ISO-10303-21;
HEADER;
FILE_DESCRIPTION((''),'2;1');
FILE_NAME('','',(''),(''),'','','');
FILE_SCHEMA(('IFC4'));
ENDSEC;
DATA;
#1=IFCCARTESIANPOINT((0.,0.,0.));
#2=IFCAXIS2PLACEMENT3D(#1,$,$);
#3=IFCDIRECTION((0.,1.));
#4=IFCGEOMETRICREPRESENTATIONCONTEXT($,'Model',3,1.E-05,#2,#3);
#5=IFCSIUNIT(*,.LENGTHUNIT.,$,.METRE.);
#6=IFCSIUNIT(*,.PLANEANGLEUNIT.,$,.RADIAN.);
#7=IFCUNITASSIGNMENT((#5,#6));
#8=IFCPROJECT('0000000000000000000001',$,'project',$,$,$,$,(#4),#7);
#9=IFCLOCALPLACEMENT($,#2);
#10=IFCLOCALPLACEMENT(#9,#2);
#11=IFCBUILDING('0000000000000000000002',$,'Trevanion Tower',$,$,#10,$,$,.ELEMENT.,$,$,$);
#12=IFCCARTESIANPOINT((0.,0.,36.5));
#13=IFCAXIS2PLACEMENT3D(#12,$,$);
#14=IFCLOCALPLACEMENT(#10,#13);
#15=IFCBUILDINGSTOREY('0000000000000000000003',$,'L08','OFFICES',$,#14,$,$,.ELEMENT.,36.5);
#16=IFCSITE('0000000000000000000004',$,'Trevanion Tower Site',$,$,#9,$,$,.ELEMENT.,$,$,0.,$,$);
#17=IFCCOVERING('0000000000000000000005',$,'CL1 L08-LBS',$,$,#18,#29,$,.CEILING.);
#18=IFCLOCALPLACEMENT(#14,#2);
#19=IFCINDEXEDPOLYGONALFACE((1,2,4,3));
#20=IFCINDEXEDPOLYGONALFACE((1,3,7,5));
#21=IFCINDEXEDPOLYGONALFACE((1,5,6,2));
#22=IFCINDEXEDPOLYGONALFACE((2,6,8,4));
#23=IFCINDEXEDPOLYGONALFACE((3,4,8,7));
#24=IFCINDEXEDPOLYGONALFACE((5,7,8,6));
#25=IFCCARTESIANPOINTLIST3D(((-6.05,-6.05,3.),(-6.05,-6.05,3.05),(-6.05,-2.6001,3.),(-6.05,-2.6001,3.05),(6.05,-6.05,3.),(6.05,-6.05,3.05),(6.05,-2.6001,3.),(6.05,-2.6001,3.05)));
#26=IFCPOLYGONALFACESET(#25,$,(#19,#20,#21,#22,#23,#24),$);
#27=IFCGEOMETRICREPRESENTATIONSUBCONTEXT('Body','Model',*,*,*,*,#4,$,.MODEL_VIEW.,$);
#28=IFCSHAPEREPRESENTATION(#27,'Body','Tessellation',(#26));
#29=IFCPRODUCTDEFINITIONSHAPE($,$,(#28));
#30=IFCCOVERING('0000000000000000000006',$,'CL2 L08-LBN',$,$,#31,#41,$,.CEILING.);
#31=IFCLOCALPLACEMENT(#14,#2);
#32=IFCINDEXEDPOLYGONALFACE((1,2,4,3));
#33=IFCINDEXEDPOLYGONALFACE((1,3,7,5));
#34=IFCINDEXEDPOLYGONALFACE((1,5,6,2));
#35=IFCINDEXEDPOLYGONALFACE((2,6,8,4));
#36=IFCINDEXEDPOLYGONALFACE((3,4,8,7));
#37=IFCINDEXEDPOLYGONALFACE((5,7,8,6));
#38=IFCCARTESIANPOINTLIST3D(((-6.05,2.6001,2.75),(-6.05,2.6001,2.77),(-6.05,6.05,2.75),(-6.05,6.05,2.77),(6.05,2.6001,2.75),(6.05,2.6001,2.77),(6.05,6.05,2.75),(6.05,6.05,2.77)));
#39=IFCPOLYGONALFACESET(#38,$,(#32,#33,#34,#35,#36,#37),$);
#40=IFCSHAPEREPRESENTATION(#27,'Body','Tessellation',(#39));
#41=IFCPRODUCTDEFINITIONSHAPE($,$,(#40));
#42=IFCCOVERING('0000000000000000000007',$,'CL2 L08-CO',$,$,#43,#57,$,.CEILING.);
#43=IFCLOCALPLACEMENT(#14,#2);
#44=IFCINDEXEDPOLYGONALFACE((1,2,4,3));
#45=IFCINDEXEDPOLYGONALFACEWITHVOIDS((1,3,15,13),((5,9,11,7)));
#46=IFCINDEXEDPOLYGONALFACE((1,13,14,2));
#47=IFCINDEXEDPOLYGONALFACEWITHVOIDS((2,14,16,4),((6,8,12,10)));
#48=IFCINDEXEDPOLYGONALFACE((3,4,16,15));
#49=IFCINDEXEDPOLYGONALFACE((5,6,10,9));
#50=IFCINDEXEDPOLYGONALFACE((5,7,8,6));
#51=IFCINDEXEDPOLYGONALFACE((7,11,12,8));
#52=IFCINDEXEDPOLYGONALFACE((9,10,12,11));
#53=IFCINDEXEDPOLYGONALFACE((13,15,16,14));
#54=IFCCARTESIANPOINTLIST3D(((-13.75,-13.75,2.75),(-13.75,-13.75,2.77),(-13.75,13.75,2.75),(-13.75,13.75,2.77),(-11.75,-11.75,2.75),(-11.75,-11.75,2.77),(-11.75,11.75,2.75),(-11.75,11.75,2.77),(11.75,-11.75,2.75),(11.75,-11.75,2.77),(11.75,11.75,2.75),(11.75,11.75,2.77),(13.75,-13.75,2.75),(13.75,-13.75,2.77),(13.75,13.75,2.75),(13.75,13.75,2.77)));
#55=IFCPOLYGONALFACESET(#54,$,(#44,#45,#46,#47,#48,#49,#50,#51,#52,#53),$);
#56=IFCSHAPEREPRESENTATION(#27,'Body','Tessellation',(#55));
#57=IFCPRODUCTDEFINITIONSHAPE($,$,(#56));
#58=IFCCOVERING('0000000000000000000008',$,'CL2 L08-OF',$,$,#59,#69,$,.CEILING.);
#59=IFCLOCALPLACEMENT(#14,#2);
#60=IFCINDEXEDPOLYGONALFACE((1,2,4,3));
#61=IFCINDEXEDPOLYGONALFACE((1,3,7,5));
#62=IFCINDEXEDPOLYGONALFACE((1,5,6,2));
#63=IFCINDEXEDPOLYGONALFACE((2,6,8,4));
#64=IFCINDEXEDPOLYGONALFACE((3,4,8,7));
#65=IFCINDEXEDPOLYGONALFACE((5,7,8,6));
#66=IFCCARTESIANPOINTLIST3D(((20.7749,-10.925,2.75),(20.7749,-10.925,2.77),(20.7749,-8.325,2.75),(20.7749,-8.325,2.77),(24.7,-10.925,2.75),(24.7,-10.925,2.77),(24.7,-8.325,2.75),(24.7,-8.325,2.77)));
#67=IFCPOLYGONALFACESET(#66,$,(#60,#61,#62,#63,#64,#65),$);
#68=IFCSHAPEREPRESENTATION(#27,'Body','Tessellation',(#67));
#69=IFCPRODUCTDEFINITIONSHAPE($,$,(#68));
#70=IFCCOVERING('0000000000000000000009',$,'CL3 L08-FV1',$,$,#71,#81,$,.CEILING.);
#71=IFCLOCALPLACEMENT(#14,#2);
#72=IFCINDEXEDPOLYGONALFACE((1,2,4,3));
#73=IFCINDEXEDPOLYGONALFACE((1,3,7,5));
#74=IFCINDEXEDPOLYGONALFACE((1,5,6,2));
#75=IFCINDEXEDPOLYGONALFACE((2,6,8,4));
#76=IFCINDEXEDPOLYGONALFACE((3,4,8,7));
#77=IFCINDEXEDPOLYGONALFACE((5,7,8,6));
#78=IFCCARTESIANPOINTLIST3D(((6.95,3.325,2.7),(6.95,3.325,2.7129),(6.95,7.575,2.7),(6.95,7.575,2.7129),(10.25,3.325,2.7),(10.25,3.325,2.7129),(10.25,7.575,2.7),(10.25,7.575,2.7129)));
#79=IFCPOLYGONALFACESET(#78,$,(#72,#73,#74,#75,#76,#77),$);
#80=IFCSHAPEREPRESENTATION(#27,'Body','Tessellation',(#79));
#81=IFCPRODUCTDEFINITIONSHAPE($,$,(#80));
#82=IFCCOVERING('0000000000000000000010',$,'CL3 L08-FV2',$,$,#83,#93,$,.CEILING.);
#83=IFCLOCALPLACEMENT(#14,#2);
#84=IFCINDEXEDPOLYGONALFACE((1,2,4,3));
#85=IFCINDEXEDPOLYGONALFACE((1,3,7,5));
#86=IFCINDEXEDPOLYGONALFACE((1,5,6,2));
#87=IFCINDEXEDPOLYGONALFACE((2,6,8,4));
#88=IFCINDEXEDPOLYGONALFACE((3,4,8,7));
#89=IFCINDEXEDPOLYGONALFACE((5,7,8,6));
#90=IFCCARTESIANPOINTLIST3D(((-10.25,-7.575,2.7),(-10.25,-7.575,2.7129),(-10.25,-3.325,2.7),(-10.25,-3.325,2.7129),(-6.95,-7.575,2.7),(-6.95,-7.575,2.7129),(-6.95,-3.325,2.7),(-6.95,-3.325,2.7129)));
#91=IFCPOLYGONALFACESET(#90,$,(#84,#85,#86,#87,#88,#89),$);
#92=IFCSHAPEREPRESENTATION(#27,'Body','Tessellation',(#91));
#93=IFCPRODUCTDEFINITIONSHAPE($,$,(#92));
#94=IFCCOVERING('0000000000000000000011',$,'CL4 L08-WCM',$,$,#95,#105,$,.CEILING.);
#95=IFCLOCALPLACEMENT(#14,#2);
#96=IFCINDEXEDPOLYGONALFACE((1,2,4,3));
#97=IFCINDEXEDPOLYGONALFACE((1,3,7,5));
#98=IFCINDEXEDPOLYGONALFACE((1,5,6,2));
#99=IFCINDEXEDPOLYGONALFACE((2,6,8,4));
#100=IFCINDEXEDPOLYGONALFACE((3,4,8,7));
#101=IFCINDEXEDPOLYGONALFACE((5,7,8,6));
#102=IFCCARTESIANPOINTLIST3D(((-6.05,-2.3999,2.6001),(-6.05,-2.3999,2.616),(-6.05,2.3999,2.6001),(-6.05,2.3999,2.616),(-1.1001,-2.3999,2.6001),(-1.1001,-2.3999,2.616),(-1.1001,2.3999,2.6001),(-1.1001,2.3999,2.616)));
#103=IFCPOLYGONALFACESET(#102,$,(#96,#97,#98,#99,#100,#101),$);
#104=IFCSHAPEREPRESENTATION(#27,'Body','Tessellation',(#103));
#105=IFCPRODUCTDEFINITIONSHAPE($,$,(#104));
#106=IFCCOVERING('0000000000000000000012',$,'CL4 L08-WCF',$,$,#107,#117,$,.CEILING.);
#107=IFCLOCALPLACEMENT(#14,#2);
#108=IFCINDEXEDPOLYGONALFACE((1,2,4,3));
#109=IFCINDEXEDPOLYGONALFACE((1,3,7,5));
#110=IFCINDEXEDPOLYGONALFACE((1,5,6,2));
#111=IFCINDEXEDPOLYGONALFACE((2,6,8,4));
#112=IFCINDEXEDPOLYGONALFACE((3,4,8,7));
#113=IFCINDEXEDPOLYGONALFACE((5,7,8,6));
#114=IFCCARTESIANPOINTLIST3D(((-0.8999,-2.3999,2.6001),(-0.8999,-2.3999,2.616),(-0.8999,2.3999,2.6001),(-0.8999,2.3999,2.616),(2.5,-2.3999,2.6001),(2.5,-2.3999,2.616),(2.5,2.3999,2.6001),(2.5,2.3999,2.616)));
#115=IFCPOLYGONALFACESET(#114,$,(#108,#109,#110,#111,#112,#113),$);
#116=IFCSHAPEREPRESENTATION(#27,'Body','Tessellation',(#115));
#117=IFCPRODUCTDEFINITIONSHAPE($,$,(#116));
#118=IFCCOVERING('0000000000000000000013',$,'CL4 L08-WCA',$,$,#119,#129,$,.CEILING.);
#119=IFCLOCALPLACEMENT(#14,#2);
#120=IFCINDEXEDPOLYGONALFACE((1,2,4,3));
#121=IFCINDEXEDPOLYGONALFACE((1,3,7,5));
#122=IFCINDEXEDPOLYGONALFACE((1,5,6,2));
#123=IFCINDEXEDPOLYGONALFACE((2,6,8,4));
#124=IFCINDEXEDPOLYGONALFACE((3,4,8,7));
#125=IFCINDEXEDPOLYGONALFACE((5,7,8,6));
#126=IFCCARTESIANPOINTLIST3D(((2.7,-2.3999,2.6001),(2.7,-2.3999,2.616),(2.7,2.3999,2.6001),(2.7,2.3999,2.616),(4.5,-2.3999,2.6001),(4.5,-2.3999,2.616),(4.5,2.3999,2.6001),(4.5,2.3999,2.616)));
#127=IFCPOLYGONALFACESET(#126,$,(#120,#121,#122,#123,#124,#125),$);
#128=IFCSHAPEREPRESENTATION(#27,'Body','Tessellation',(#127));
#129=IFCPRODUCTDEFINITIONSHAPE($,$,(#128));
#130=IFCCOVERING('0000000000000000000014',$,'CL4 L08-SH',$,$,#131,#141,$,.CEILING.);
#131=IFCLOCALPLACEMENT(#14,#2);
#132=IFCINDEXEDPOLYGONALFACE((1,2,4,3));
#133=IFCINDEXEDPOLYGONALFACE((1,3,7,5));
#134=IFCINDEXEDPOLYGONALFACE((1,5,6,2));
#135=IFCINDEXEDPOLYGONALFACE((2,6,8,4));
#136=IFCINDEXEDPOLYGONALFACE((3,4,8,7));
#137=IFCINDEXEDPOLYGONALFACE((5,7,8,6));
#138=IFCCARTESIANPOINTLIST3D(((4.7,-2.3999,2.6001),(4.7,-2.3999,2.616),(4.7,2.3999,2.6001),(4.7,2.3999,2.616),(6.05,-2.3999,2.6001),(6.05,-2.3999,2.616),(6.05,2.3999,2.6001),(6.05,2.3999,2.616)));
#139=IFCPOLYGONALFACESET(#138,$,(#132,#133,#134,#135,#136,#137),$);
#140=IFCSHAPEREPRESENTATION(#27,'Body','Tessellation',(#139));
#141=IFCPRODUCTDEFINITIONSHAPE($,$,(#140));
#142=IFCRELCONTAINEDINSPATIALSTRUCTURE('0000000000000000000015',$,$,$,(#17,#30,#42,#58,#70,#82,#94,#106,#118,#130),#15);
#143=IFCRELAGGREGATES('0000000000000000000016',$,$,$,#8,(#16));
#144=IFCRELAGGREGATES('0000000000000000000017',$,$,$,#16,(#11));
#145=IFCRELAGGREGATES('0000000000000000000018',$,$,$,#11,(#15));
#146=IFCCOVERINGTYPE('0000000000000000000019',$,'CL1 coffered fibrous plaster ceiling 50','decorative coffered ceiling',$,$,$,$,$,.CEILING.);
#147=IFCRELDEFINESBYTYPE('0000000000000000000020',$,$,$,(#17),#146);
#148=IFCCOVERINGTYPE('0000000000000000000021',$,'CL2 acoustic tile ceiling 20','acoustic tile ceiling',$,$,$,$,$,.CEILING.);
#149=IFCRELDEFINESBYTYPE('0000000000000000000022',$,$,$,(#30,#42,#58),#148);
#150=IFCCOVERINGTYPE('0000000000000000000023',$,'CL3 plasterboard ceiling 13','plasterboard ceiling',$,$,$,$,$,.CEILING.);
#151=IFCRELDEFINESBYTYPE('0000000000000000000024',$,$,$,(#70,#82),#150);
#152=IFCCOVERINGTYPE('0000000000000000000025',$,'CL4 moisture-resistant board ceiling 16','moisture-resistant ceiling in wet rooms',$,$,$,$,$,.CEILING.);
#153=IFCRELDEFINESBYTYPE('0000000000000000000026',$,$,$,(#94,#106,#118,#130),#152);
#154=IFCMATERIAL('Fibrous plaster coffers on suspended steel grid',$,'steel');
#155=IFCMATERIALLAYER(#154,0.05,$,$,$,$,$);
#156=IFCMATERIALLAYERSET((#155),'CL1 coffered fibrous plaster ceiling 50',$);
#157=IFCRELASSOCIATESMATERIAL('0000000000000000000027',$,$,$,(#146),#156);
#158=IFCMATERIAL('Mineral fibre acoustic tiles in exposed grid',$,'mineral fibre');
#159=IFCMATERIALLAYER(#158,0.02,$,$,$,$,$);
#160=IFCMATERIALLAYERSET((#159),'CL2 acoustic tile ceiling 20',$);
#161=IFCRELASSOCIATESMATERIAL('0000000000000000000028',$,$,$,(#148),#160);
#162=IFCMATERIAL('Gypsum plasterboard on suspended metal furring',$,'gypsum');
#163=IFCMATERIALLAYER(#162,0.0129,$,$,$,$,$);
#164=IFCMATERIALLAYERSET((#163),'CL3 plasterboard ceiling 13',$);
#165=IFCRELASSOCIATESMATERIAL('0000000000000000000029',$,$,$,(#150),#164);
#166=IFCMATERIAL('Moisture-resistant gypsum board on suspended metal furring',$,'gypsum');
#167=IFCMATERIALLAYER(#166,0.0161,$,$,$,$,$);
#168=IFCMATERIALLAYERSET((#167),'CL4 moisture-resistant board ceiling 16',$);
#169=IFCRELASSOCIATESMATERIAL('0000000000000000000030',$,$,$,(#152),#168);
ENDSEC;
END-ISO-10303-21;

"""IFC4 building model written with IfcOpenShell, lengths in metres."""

from ifc_helpers import new_model, si_unit, direction, frame, origin, place, context, subcontext, project, spatial, polyline, outline, extrude, material, layer, layer_set, type_object, element, save


model = new_model("IFC4")

# Units and contexts
model_context = context("Model", 3, precision=1e-05, world=origin(), true_north=direction((0.0, 1.0)))
body_context = subcontext(model_context, "Body", "Model", "MODEL_VIEW")
ifc_project = project(units=[si_unit("LENGTHUNIT", "METRE"), si_unit("PLANEANGLEUNIT", "RADIAN")], contexts=[model_context])

# Site, building, storey
site_placement = place(None, origin())
site = spatial("IfcSite", under=ifc_project, at=site_placement, Name="Trevanion Tower Site", CompositionType="ELEMENT", RefElevation=0.0)
building_placement = place(site_placement, origin())
building = spatial("IfcBuilding", under=site, at=building_placement, Name="Trevanion Tower", CompositionType="ELEMENT")
storey_placement = place(building_placement, frame((0.0, 0.0, 36.5)))
storey = spatial("IfcBuildingStorey", under=building, at=storey_placement, Name="L08", Description="OFFICES", CompositionType="ELEMENT", Elevation=36.5)

# Coverings
ifc_material_1 = material(Name="Fibrous plaster coffers on suspended steel grid", Category="steel")
ifc_layer_1 = layer(ifc_material_1, 0.05)
ifc_layer_set_1 = layer_set([ifc_layer_1], Name="CL1 coffered fibrous plaster ceiling 50")
covering_type_1 = type_object("IfcCoveringType", Name="CL1 coffered fibrous plaster ceiling 50", Description="decorative coffered ceiling", PredefinedType="CEILING", material=ifc_layer_set_1)
covering_1_placement = place(storey_placement, frame((0.0, 0.0, 3.0)))
element("IfcCovering", 1, at=covering_1_placement, inside=storey, type_object=covering_type_1, Name="CL1 L08-LBS", PredefinedType="CEILING", context=body_context, shape_type="SweptSolid", body=[
    extrude(outline(polyline([(6.05, -6.05), (6.05, -2.6001), (-6.05, -2.6001), (-6.05, -6.05), (6.05, -6.05)])), origin(), (0.0, 0.0, 1.0), 0.05),
])
ifc_material_2 = material(Name="Mineral fibre acoustic tiles in exposed grid", Category="mineral fibre")
ifc_layer_2 = layer(ifc_material_2, 0.02)
ifc_layer_set_2 = layer_set([ifc_layer_2], Name="CL2 acoustic tile ceiling 20")
covering_type_2 = type_object("IfcCoveringType", Name="CL2 acoustic tile ceiling 20", Description="acoustic tile ceiling", PredefinedType="CEILING", material=ifc_layer_set_2)
covering_2_placement = place(storey_placement, frame((0.0, 0.0, 2.75)))
element("IfcCovering", 2, at=covering_2_placement, inside=storey, type_object=covering_type_2, Name="CL2 L08-LBN", PredefinedType="CEILING", context=body_context, shape_type="SweptSolid", body=[
    extrude(outline(polyline([(6.05, 2.6001), (6.05, 6.05), (-6.05, 6.05), (-6.05, 2.6001), (6.05, 2.6001)])), origin(), (0.0, 0.0, 1.0), 0.02),
])
covering_3_placement = place(storey_placement, frame((0.0, 0.0, 2.75)))
element("IfcCovering", 3, at=covering_3_placement, inside=storey, type_object=covering_type_2, Name="CL2 L08-CO", PredefinedType="CEILING", context=body_context, shape_type="SweptSolid", body=[
    extrude(outline(polyline([(-13.75, 13.75), (13.75, 13.75), (13.75, -13.75), (-13.75, -13.75), (-13.75, 13.75)]), holes=[polyline([(-11.75, 11.75), (-11.75, -11.75), (11.75, -11.75), (11.75, 11.75), (-11.75, 11.75)])]), origin(), (0.0, 0.0, 1.0), 0.02),
])
covering_4_placement = place(storey_placement, frame((0.0, 0.0, 2.75)))
element("IfcCovering", 4, at=covering_4_placement, inside=storey, type_object=covering_type_2, Name="CL2 L08-OF", PredefinedType="CEILING", context=body_context, shape_type="SweptSolid", body=[
    extrude(outline(polyline([(20.7749, -10.925), (20.7749, -8.325), (24.7, -8.325), (24.7, -10.925), (20.7749, -10.925)])), origin(), (0.0, 0.0, 1.0), 0.02),
])
ifc_material_3 = material(Name="Gypsum plasterboard on suspended metal furring", Category="gypsum")
ifc_layer_3 = layer(ifc_material_3, 0.0129)
ifc_layer_set_3 = layer_set([ifc_layer_3], Name="CL3 plasterboard ceiling 13")
covering_type_3 = type_object("IfcCoveringType", Name="CL3 plasterboard ceiling 13", Description="plasterboard ceiling", PredefinedType="CEILING", material=ifc_layer_set_3)
covering_5_placement = place(storey_placement, frame((0.0, 0.0, 2.7)))
element("IfcCovering", 5, at=covering_5_placement, inside=storey, type_object=covering_type_3, Name="CL3 L08-FV1", PredefinedType="CEILING", context=body_context, shape_type="SweptSolid", body=[
    extrude(outline(polyline([(10.25, 3.325), (10.25, 7.575), (6.95, 7.575), (6.95, 3.325), (10.25, 3.325)])), origin(), (0.0, 0.0, 1.0), 0.0129),
])
covering_6_placement = place(storey_placement, frame((0.0, 0.0, 2.7)))
element("IfcCovering", 6, at=covering_6_placement, inside=storey, type_object=covering_type_3, Name="CL3 L08-FV2", PredefinedType="CEILING", context=body_context, shape_type="SweptSolid", body=[
    extrude(outline(polyline([(-10.25, -3.325), (-10.25, -7.575), (-6.95, -7.575), (-6.95, -3.325), (-10.25, -3.325)])), origin(), (0.0, 0.0, 1.0), 0.0129),
])
ifc_material_4 = material(Name="Moisture-resistant gypsum board on suspended metal furring", Category="gypsum")
ifc_layer_4 = layer(ifc_material_4, 0.0161)
ifc_layer_set_4 = layer_set([ifc_layer_4], Name="CL4 moisture-resistant board ceiling 16")
covering_type_4 = type_object("IfcCoveringType", Name="CL4 moisture-resistant board ceiling 16", Description="moisture-resistant ceiling in wet rooms", PredefinedType="CEILING", material=ifc_layer_set_4)
covering_7_placement = place(storey_placement, frame((0.0, 0.0, 2.6001)))
element("IfcCovering", 7, at=covering_7_placement, inside=storey, type_object=covering_type_4, Name="CL4 L08-WCM", PredefinedType="CEILING", context=body_context, shape_type="SweptSolid", body=[
    extrude(outline(polyline([(-1.1001, -2.3999), (-1.1001, 2.3999), (-6.05, 2.3999), (-6.05, -2.3999), (-1.1001, -2.3999)])), origin(), (0.0, 0.0, 1.0), 0.0159),
])
covering_8_placement = place(storey_placement, frame((0.0, 0.0, 2.6001)))
element("IfcCovering", 8, at=covering_8_placement, inside=storey, type_object=covering_type_4, Name="CL4 L08-WCF", PredefinedType="CEILING", context=body_context, shape_type="SweptSolid", body=[
    extrude(outline(polyline([(2.5, -2.3999), (2.5, 2.3999), (-0.8999, 2.3999), (-0.8999, -2.3999), (2.5, -2.3999)])), origin(), (0.0, 0.0, 1.0), 0.0159),
])
covering_9_placement = place(storey_placement, frame((0.0, 0.0, 2.6001)))
element("IfcCovering", 9, at=covering_9_placement, inside=storey, type_object=covering_type_4, Name="CL4 L08-WCA", PredefinedType="CEILING", context=body_context, shape_type="SweptSolid", body=[
    extrude(outline(polyline([(4.5, -2.3999), (4.5, 2.3999), (2.7, 2.3999), (2.7, -2.3999), (4.5, -2.3999)])), origin(), (0.0, 0.0, 1.0), 0.0159),
])
covering_10_placement = place(storey_placement, frame((0.0, 0.0, 2.6001)))
element("IfcCovering", 10, at=covering_10_placement, inside=storey, type_object=covering_type_4, Name="CL4 L08-SH", PredefinedType="CEILING", context=body_context, shape_type="SweptSolid", body=[
    extrude(outline(polyline([(6.05, -2.3999), (6.05, 2.3999), (4.7, 2.3999), (4.7, -2.3999), (6.05, -2.3999)])), origin(), (0.0, 0.0, 1.0), 0.0159),
])

save(model, "model.ifc")
